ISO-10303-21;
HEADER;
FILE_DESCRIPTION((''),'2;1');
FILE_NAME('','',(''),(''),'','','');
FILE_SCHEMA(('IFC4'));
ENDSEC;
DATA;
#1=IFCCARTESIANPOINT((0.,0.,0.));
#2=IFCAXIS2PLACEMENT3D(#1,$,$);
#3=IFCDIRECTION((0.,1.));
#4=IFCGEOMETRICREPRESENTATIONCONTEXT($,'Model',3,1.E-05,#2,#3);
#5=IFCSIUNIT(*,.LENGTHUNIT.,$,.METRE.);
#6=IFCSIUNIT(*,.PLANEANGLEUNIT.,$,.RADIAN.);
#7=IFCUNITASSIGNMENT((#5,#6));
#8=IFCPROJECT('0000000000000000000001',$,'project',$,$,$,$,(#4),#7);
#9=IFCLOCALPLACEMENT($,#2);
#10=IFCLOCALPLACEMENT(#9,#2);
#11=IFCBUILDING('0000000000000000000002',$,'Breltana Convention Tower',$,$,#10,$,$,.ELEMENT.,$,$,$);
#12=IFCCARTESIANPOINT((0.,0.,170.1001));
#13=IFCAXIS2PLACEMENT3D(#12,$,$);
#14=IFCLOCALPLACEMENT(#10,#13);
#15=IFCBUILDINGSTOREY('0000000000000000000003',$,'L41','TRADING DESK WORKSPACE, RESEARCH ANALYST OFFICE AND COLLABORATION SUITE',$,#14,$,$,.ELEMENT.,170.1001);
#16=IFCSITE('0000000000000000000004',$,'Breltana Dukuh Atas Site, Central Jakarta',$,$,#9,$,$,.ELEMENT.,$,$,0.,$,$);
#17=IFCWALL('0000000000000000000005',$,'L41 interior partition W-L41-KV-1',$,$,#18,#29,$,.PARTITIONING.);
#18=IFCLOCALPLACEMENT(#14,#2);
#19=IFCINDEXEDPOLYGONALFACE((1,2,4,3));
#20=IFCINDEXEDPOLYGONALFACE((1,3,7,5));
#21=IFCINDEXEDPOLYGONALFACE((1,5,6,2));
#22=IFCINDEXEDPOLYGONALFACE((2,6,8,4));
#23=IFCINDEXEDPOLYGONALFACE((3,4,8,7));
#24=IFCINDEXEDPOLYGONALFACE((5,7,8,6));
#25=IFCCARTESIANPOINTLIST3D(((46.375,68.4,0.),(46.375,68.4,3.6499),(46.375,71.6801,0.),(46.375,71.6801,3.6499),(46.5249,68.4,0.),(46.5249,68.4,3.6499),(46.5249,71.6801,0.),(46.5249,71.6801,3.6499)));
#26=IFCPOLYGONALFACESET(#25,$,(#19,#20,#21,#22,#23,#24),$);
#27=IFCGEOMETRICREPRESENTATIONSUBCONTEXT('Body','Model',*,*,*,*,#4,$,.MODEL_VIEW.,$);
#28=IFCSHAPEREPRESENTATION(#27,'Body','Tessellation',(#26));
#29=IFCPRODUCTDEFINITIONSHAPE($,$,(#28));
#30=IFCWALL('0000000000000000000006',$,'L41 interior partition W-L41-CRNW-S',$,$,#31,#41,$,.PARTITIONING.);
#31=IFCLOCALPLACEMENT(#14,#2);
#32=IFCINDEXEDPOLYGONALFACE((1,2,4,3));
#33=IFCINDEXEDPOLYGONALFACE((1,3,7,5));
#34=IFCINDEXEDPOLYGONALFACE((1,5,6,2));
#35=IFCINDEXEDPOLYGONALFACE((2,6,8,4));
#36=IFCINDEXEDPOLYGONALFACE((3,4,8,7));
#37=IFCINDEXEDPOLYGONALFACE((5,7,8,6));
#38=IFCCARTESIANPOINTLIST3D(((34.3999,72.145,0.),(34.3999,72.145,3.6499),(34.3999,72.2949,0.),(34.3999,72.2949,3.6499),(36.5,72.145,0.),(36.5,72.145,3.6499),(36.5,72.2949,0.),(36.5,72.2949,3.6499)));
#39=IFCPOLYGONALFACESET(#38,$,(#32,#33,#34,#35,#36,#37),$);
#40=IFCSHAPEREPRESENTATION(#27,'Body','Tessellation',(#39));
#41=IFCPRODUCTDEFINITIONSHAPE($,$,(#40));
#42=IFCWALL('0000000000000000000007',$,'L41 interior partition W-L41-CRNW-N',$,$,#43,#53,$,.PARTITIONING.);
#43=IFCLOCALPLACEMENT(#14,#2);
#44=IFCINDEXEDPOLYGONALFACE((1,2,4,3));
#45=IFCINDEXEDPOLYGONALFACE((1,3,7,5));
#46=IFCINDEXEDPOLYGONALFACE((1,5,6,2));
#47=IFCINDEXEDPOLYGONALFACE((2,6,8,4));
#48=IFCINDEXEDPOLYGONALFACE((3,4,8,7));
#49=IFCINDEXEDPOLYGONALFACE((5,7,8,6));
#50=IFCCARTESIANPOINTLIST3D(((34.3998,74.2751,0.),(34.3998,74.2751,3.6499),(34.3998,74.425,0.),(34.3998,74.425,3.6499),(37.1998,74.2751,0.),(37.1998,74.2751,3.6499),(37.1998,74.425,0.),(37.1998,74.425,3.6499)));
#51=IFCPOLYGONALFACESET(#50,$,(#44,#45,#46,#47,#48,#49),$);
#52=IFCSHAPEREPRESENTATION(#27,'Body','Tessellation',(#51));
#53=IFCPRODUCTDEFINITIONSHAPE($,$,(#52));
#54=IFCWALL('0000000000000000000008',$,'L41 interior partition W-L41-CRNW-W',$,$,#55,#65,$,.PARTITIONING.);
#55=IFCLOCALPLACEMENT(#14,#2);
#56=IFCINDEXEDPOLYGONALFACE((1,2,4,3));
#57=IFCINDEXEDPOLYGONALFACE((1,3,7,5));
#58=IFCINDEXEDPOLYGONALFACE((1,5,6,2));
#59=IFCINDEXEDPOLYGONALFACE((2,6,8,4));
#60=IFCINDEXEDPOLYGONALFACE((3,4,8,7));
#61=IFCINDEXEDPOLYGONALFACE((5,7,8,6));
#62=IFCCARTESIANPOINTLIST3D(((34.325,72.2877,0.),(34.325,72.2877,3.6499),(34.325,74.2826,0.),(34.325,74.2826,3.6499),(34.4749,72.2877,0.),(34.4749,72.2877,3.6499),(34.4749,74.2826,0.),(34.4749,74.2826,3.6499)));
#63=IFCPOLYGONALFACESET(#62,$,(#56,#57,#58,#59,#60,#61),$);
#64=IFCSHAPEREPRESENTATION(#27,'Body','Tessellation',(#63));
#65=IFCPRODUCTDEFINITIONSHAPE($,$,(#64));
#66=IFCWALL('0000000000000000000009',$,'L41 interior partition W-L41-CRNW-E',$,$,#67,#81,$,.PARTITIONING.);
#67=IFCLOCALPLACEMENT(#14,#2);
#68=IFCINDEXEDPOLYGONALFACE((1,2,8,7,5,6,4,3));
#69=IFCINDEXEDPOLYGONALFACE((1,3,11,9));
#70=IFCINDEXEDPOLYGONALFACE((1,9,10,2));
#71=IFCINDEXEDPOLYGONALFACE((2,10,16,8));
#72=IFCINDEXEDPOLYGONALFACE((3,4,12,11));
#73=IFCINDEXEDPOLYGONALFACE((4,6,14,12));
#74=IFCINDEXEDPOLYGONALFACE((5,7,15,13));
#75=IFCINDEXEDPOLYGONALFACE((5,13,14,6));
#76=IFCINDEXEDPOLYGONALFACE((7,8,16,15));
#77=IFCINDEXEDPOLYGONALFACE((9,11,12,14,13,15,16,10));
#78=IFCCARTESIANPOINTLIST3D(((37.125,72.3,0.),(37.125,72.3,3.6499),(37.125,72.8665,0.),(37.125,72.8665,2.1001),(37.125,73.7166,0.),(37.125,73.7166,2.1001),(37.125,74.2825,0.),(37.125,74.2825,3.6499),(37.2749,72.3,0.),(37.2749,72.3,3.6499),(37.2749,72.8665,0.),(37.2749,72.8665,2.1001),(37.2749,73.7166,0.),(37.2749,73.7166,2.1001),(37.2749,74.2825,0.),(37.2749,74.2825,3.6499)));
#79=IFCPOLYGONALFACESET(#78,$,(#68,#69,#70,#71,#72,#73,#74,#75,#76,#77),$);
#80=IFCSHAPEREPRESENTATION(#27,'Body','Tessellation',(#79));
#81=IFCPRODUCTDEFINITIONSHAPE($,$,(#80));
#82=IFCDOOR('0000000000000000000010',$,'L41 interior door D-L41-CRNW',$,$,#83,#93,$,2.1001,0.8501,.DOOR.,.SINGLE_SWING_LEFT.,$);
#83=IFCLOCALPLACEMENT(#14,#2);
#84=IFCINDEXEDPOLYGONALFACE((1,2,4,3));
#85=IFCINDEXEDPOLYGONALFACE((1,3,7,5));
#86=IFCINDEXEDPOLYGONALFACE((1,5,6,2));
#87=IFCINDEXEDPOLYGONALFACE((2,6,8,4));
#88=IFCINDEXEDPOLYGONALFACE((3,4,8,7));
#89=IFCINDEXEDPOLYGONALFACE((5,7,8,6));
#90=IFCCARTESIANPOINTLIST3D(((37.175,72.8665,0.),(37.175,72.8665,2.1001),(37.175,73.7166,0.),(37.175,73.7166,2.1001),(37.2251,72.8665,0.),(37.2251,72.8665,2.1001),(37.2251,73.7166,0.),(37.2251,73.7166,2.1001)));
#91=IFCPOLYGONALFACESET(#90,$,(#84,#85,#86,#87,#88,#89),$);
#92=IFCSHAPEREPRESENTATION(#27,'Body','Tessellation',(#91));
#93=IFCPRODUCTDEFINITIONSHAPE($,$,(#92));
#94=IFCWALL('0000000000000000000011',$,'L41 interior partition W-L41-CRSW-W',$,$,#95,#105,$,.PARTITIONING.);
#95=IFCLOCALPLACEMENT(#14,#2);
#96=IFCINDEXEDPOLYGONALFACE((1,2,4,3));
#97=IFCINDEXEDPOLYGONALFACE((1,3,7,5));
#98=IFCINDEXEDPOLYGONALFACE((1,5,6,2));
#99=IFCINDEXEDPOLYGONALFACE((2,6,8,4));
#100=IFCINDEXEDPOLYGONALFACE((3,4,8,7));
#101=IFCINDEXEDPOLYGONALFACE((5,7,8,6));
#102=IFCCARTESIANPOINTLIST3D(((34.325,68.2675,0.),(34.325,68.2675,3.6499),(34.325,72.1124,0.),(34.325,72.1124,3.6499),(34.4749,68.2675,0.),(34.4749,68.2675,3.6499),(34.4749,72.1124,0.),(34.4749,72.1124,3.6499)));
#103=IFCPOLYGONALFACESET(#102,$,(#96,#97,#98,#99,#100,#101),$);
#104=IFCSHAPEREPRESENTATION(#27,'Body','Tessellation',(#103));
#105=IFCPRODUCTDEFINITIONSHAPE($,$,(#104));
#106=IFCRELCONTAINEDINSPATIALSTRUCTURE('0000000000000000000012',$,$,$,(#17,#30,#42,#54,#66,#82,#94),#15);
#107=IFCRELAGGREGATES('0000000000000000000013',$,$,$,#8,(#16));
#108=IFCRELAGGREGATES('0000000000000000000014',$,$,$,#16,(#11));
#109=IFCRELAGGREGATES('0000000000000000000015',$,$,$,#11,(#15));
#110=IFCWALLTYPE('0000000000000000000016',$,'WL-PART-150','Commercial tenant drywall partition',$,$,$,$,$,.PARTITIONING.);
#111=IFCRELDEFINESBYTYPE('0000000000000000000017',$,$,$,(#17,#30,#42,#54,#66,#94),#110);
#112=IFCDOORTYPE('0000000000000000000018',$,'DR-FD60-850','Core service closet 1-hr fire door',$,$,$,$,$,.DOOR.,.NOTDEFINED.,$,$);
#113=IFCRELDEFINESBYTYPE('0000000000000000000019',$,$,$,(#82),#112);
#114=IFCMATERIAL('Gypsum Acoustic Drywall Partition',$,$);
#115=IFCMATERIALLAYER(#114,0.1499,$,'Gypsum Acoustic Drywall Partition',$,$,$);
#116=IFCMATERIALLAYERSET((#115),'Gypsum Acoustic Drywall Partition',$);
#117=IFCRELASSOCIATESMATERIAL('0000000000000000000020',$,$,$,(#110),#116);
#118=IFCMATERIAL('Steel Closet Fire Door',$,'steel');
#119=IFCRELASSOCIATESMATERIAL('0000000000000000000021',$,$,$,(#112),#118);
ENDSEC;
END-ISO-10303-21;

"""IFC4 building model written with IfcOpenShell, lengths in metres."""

from ifc_helpers import new_model, si_unit, direction, frame, frame_2d, origin, place, context, subcontext, project, spatial, rectangle, extrude, source, transform, mapped, material, layer, layer_set, type_object, type_shapes, element, fill, save


model = new_model("IFC4")

# Units and contexts
model_context = context("Model", 3, precision=1e-05, world=origin(), true_north=direction((0.0, 1.0)))
body_context = subcontext(model_context, "Body", "Model", "MODEL_VIEW")
ifc_project = project(units=[si_unit("LENGTHUNIT", "METRE"), si_unit("PLANEANGLEUNIT", "RADIAN")], contexts=[model_context])

# Site, building, storey
site_placement = place(None, origin())
site = spatial("IfcSite", under=ifc_project, at=site_placement, Name="Breltana Dukuh Atas Site, Central Jakarta", CompositionType="ELEMENT", RefElevation=0.0)
building_placement = place(site_placement, origin())
building = spatial("IfcBuilding", under=site, at=building_placement, Name="Breltana Convention Tower", CompositionType="ELEMENT")
storey_placement = place(building_placement, frame((0.0, 0.0, 170.1001)))
storey = spatial("IfcBuildingStorey", under=building, at=storey_placement, Name="L41", Description="TRADING DESK WORKSPACE, RESEARCH ANALYST OFFICE AND COLLABORATION SUITE", CompositionType="ELEMENT", Elevation=170.1001)

# Walls
ifc_material_1 = material(Name="Gypsum Acoustic Drywall Partition")
ifc_layer_1 = layer(ifc_material_1, 0.1499, Name="Gypsum Acoustic Drywall Partition")
ifc_layer_set_1 = layer_set([ifc_layer_1], Name="Gypsum Acoustic Drywall Partition")
wall_type_1 = type_object("IfcWallType", Name="WL-PART-150", Description="Commercial tenant drywall partition", PredefinedType="PARTITIONING", material=ifc_layer_set_1)
shared_shape_1 = source(origin(), body_context, "Body", "SweptSolid", [
    extrude(rectangle(XDim=3.28, YDim=0.1499, at=frame_2d((1.6401, 0.0))), origin(), (0.0, 0.0, 1.0), 3.6499),
])
wall_1_placement = place(storey_placement, frame((46.45, 68.3999, 0.0), z_axis=(0.0, 0.0, 1.0), x_axis=(0.0, 1.0, 0.0)))
element("IfcWall", 1, at=wall_1_placement, inside=storey, type_object=wall_type_1, Name="L41 interior partition W-L41-KV-1", PredefinedType="PARTITIONING", context=body_context, shape_type="MappedRepresentation", body=[
    mapped(shared_shape_1, transform((0.0, 0.0, 0.0), scale=1.0)),
])
shared_shape_2 = source(origin(), body_context, "Body", "SweptSolid", [
    extrude(rectangle(XDim=2.1001, YDim=0.1499, at=frame_2d((1.05, 0.0))), origin(), (0.0, 0.0, 1.0), 3.6499),
])
wall_2_placement = place(storey_placement, frame((34.3999, 72.22, 0.0), z_axis=(0.0, 0.0, 1.0), x_axis=(1.0, 0.0, 0.0)))
element("IfcWall", 2, at=wall_2_placement, inside=storey, type_object=wall_type_1, Name="L41 interior partition W-L41-CRNW-S", PredefinedType="PARTITIONING", context=body_context, shape_type="MappedRepresentation", body=[
    mapped(shared_shape_2, transform((0.0, 0.0, 0.0), scale=1.0)),
])
shared_shape_3 = source(origin(), body_context, "Body", "SweptSolid", [
    extrude(rectangle(XDim=2.8, YDim=0.1499, at=frame_2d((1.3999, 0.0))), origin(), (0.0, 0.0, 1.0), 3.6499),
])
wall_3_placement = place(storey_placement, frame((34.3999, 74.3501, 0.0), z_axis=(0.0, 0.0, 1.0), x_axis=(1.0, 0.0, 0.0)))
element("IfcWall", 3, at=wall_3_placement, inside=storey, type_object=wall_type_1, Name="L41 interior partition W-L41-CRNW-N", PredefinedType="PARTITIONING", context=body_context, shape_type="MappedRepresentation", body=[
    mapped(shared_shape_3, transform((0.0, 0.0, 0.0), scale=1.0)),
])
shared_shape_4 = source(origin(), body_context, "Body", "SweptSolid", [
    extrude(rectangle(XDim=1.9949, YDim=0.1499, at=frame_2d((0.9976, 0.0))), origin(), (0.0, 0.0, 1.0), 3.6499),
])
wall_4_placement = place(storey_placement, frame((34.3999, 72.2876, 0.0), z_axis=(0.0, 0.0, 1.0), x_axis=(0.0, 1.0, 0.0)))
element("IfcWall", 4, at=wall_4_placement, inside=storey, type_object=wall_type_1, Name="L41 interior partition W-L41-CRNW-W", PredefinedType="PARTITIONING", context=body_context, shape_type="MappedRepresentation", body=[
    mapped(shared_shape_4, transform((0.0, 0.0, 0.0), scale=1.0)),
])

# Wall, opening, door
shared_shape_5 = source(origin(), body_context, "Body", "SweptSolid", [
    extrude(rectangle(XDim=1.9824, YDim=0.1499, at=frame_2d((0.9912, 0.0))), origin(), (0.0, 0.0, 1.0), 3.6499),
])
wall_5_placement = place(storey_placement, frame((37.2, 72.3, 0.0), z_axis=(0.0, 0.0, 1.0), x_axis=(0.0, 1.0, 0.0)))
wall_5 = element("IfcWall", 5, at=wall_5_placement, inside=storey, type_object=wall_type_1, Name="L41 interior partition W-L41-CRNW-E", PredefinedType="PARTITIONING", context=body_context, shape_type="MappedRepresentation", body=[
    mapped(shared_shape_5, transform((0.0, 0.0, 0.0), scale=1.0)),
])
opening_1_placement = place(wall_5_placement, frame((0.5664, 0.0, 0.0)))
opening_1 = element("IfcOpeningElement", 6, at=opening_1_placement, cuts=wall_5, PredefinedType="OPENING", context=body_context, shape_type="SweptSolid", body=[
    extrude(rectangle(XDim=0.8501, YDim=2.1001, at=frame_2d((0.425, 1.05))), frame((0.0, 0.085, 0.0), z_axis=(0.0, -1.0, 0.0), x_axis=(1.0, 0.0, 0.0)), (0.0, 0.0, 1.0), 0.1699),
])
ifc_material_2 = material(Name="Steel Closet Fire Door", Category="steel")
door_type_1 = type_object("IfcDoorType", Name="DR-FD60-850", Description="Core service closet 1-hr fire door", OperationType="NOTDEFINED", PredefinedType="DOOR", material=ifc_material_2)
shared_shape_6 = source(origin(), body_context, "Body", "SweptSolid", [
    extrude(rectangle(XDim=0.8501, YDim=2.1001, at=frame_2d((0.425, 1.05))), frame((0.0, 0.0249, 0.0), z_axis=(0.0, -1.0, 0.0), x_axis=(1.0, 0.0, 0.0)), (0.0, 0.0, 1.0), 0.05),
])
type_shapes(door_type_1, [shared_shape_6])
door_1_placement = place(opening_1_placement, origin())
door_1 = element("IfcDoor", 7, at=door_1_placement, inside=storey, type_object=door_type_1, Name="L41 interior door D-L41-CRNW", OperationType="SINGLE_SWING_LEFT", OverallHeight=2.1001, OverallWidth=0.8501, PredefinedType="DOOR", context=body_context, shape_type="MappedRepresentation", body=[
    mapped(shared_shape_6, transform((0.0, 0.0, 0.0), scale=1.0)),
])
fill(opening_1, door_1)

# Wall
shared_shape_7 = source(origin(), body_context, "Body", "SweptSolid", [
    extrude(rectangle(XDim=3.845, YDim=0.1499, at=frame_2d((1.9224, 0.0))), origin(), (0.0, 0.0, 1.0), 3.6499),
])
wall_6_placement = place(storey_placement, frame((34.3999, 68.2676, 0.0), z_axis=(0.0, 0.0, 1.0), x_axis=(0.0, 1.0, 0.0)))
element("IfcWall", 8, at=wall_6_placement, inside=storey, type_object=wall_type_1, Name="L41 interior partition W-L41-CRSW-W", PredefinedType="PARTITIONING", context=body_context, shape_type="MappedRepresentation", body=[
    mapped(shared_shape_7, transform((0.0, 0.0, 0.0), scale=1.0)),
])

save(model, "model.ifc")
